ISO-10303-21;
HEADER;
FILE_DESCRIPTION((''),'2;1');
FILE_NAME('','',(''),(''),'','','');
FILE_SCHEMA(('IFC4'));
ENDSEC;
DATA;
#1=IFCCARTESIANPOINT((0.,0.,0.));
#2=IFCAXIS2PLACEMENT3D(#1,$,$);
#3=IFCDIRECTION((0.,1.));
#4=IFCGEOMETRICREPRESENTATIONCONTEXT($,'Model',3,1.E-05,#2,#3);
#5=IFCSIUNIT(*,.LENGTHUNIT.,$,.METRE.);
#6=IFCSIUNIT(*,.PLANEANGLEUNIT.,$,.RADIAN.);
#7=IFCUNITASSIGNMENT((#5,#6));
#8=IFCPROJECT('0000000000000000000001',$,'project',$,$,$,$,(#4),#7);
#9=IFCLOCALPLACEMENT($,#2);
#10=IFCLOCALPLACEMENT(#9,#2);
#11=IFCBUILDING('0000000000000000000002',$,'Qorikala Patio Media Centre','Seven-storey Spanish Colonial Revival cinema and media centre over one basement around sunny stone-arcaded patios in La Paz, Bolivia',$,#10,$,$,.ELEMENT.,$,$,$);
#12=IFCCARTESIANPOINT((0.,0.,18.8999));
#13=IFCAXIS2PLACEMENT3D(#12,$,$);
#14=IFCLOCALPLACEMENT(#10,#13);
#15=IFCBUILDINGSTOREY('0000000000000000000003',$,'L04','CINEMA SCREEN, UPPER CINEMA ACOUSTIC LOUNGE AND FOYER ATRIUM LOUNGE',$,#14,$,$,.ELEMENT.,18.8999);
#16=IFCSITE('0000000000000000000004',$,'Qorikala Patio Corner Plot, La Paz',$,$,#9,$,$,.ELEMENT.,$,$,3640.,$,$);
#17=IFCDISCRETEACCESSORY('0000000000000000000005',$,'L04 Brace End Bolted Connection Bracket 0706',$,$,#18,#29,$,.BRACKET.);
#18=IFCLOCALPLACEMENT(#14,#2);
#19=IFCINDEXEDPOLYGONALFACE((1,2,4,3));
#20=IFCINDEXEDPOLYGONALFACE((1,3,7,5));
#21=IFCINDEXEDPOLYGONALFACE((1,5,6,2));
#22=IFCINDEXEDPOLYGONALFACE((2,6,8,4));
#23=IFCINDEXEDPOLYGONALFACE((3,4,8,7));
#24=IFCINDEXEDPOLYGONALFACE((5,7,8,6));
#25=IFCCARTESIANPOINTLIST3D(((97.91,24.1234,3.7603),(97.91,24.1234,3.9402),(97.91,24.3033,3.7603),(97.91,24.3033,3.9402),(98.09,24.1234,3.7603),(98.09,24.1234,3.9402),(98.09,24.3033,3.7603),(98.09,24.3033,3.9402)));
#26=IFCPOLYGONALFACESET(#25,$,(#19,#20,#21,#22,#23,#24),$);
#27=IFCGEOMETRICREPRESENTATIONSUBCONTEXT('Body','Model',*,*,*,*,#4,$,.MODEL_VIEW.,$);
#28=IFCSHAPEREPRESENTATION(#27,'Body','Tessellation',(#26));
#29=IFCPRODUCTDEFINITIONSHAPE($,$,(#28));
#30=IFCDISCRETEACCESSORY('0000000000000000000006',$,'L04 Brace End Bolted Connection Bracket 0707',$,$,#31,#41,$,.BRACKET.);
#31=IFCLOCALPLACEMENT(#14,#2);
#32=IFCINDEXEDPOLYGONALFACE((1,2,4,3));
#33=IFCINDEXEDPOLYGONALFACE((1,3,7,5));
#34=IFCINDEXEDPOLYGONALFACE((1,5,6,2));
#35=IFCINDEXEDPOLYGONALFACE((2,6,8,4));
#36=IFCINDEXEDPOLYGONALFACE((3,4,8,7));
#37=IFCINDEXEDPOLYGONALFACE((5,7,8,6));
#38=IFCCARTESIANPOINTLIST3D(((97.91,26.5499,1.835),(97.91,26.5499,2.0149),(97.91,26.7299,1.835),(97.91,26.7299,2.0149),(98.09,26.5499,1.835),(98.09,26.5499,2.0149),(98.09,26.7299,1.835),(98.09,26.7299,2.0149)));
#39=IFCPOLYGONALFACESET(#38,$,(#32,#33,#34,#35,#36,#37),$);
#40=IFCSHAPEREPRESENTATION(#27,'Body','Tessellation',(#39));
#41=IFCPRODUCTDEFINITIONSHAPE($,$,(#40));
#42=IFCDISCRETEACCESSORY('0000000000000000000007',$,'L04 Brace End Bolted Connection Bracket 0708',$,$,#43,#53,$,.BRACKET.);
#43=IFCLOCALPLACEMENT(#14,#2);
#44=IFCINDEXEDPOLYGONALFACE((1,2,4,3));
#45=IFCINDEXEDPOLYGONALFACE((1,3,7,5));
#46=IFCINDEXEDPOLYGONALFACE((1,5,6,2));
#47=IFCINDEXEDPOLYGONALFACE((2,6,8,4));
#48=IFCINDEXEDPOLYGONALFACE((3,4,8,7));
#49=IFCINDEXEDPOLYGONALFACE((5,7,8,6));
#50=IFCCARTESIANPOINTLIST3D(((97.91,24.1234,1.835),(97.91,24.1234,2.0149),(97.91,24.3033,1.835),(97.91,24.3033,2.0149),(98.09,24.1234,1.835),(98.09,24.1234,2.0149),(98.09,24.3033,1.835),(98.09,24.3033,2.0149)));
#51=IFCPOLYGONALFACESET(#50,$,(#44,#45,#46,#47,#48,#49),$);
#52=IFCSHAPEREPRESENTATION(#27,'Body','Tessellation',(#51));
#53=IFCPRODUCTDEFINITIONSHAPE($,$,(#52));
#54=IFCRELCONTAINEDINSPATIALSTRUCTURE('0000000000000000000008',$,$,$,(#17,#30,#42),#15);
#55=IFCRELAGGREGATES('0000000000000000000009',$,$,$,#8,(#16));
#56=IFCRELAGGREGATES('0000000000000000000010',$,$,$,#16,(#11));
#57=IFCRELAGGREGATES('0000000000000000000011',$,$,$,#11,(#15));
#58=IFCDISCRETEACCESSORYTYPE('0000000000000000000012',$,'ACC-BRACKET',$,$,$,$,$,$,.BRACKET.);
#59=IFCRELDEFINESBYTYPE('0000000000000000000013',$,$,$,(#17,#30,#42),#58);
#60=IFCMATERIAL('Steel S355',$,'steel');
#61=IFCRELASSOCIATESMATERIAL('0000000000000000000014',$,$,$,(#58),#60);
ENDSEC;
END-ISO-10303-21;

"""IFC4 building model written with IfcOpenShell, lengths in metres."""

from ifc_helpers import new_model, si_unit, direction, frame, origin, origin_2d, place, context, subcontext, project, spatial, rectangle, extrude, material, type_object, element, save


model = new_model("IFC4")

# Units and contexts
model_context = context("Model", 3, precision=1e-05, world=origin(), true_north=direction((0.0, 1.0)))
body_context = subcontext(model_context, "Body", "Model", "MODEL_VIEW")
ifc_project = project(units=[si_unit("LENGTHUNIT", "METRE"), si_unit("PLANEANGLEUNIT", "RADIAN")], contexts=[model_context])

# Site, building, storey
site_placement = place(None, origin())
site = spatial("IfcSite", under=ifc_project, at=site_placement, Name="Qorikala Patio Corner Plot, La Paz", CompositionType="ELEMENT", RefElevation=3640.0)
building_placement = place(site_placement, origin())
building = spatial("IfcBuilding", under=site, at=building_placement, Name="Qorikala Patio Media Centre", Description="Seven-storey Spanish Colonial Revival cinema and media centre over one basement around sunny stone-arcaded patios in La Paz, Bolivia", CompositionType="ELEMENT")
storey_placement = place(building_placement, frame((0.0, 0.0, 18.8999)))
storey = spatial("IfcBuildingStorey", under=building, at=storey_placement, Name="L04", Description="CINEMA SCREEN, UPPER CINEMA ACOUSTIC LOUNGE AND FOYER ATRIUM LOUNGE", CompositionType="ELEMENT", Elevation=18.8999)

# Discrete accessories
ifc_material_1 = material(Name="Steel S355", Category="steel")
discrete_accessory_type = type_object("IfcDiscreteAccessoryType", Name="ACC-BRACKET", PredefinedType="BRACKET", material=ifc_material_1)
for number, where, z_axis, x_axis, name in (
    (1, (98.0, 24.2134, 3.7603), (0.0, 0.0, 1.0), (1.0, 0.0, 0.0), "L04 Brace End Bolted Connection Bracket 0706"),
    (2, (98.0, 26.6399, 1.835), (0.0, 0.0, 1.0), (1.0, 0.0, 0.0), "L04 Brace End Bolted Connection Bracket 0707"),
    (3, (98.0, 24.2134, 1.835), (0.0, 0.0, 1.0), (1.0, 0.0, 0.0), "L04 Brace End Bolted Connection Bracket 0708"),
):
    element("IfcDiscreteAccessory", number, at=place(storey_placement, frame(where, z_axis=z_axis, x_axis=x_axis)), inside=storey, type_object=discrete_accessory_type, Name=name, PredefinedType="BRACKET", context=body_context, shape_type="SweptSolid", body=[
        extrude(rectangle(XDim=0.1799, YDim=0.1799, at=origin_2d()), origin(), (0.0, 0.0, 1.0), 0.1799),
    ])

save(model, "model.ifc")
